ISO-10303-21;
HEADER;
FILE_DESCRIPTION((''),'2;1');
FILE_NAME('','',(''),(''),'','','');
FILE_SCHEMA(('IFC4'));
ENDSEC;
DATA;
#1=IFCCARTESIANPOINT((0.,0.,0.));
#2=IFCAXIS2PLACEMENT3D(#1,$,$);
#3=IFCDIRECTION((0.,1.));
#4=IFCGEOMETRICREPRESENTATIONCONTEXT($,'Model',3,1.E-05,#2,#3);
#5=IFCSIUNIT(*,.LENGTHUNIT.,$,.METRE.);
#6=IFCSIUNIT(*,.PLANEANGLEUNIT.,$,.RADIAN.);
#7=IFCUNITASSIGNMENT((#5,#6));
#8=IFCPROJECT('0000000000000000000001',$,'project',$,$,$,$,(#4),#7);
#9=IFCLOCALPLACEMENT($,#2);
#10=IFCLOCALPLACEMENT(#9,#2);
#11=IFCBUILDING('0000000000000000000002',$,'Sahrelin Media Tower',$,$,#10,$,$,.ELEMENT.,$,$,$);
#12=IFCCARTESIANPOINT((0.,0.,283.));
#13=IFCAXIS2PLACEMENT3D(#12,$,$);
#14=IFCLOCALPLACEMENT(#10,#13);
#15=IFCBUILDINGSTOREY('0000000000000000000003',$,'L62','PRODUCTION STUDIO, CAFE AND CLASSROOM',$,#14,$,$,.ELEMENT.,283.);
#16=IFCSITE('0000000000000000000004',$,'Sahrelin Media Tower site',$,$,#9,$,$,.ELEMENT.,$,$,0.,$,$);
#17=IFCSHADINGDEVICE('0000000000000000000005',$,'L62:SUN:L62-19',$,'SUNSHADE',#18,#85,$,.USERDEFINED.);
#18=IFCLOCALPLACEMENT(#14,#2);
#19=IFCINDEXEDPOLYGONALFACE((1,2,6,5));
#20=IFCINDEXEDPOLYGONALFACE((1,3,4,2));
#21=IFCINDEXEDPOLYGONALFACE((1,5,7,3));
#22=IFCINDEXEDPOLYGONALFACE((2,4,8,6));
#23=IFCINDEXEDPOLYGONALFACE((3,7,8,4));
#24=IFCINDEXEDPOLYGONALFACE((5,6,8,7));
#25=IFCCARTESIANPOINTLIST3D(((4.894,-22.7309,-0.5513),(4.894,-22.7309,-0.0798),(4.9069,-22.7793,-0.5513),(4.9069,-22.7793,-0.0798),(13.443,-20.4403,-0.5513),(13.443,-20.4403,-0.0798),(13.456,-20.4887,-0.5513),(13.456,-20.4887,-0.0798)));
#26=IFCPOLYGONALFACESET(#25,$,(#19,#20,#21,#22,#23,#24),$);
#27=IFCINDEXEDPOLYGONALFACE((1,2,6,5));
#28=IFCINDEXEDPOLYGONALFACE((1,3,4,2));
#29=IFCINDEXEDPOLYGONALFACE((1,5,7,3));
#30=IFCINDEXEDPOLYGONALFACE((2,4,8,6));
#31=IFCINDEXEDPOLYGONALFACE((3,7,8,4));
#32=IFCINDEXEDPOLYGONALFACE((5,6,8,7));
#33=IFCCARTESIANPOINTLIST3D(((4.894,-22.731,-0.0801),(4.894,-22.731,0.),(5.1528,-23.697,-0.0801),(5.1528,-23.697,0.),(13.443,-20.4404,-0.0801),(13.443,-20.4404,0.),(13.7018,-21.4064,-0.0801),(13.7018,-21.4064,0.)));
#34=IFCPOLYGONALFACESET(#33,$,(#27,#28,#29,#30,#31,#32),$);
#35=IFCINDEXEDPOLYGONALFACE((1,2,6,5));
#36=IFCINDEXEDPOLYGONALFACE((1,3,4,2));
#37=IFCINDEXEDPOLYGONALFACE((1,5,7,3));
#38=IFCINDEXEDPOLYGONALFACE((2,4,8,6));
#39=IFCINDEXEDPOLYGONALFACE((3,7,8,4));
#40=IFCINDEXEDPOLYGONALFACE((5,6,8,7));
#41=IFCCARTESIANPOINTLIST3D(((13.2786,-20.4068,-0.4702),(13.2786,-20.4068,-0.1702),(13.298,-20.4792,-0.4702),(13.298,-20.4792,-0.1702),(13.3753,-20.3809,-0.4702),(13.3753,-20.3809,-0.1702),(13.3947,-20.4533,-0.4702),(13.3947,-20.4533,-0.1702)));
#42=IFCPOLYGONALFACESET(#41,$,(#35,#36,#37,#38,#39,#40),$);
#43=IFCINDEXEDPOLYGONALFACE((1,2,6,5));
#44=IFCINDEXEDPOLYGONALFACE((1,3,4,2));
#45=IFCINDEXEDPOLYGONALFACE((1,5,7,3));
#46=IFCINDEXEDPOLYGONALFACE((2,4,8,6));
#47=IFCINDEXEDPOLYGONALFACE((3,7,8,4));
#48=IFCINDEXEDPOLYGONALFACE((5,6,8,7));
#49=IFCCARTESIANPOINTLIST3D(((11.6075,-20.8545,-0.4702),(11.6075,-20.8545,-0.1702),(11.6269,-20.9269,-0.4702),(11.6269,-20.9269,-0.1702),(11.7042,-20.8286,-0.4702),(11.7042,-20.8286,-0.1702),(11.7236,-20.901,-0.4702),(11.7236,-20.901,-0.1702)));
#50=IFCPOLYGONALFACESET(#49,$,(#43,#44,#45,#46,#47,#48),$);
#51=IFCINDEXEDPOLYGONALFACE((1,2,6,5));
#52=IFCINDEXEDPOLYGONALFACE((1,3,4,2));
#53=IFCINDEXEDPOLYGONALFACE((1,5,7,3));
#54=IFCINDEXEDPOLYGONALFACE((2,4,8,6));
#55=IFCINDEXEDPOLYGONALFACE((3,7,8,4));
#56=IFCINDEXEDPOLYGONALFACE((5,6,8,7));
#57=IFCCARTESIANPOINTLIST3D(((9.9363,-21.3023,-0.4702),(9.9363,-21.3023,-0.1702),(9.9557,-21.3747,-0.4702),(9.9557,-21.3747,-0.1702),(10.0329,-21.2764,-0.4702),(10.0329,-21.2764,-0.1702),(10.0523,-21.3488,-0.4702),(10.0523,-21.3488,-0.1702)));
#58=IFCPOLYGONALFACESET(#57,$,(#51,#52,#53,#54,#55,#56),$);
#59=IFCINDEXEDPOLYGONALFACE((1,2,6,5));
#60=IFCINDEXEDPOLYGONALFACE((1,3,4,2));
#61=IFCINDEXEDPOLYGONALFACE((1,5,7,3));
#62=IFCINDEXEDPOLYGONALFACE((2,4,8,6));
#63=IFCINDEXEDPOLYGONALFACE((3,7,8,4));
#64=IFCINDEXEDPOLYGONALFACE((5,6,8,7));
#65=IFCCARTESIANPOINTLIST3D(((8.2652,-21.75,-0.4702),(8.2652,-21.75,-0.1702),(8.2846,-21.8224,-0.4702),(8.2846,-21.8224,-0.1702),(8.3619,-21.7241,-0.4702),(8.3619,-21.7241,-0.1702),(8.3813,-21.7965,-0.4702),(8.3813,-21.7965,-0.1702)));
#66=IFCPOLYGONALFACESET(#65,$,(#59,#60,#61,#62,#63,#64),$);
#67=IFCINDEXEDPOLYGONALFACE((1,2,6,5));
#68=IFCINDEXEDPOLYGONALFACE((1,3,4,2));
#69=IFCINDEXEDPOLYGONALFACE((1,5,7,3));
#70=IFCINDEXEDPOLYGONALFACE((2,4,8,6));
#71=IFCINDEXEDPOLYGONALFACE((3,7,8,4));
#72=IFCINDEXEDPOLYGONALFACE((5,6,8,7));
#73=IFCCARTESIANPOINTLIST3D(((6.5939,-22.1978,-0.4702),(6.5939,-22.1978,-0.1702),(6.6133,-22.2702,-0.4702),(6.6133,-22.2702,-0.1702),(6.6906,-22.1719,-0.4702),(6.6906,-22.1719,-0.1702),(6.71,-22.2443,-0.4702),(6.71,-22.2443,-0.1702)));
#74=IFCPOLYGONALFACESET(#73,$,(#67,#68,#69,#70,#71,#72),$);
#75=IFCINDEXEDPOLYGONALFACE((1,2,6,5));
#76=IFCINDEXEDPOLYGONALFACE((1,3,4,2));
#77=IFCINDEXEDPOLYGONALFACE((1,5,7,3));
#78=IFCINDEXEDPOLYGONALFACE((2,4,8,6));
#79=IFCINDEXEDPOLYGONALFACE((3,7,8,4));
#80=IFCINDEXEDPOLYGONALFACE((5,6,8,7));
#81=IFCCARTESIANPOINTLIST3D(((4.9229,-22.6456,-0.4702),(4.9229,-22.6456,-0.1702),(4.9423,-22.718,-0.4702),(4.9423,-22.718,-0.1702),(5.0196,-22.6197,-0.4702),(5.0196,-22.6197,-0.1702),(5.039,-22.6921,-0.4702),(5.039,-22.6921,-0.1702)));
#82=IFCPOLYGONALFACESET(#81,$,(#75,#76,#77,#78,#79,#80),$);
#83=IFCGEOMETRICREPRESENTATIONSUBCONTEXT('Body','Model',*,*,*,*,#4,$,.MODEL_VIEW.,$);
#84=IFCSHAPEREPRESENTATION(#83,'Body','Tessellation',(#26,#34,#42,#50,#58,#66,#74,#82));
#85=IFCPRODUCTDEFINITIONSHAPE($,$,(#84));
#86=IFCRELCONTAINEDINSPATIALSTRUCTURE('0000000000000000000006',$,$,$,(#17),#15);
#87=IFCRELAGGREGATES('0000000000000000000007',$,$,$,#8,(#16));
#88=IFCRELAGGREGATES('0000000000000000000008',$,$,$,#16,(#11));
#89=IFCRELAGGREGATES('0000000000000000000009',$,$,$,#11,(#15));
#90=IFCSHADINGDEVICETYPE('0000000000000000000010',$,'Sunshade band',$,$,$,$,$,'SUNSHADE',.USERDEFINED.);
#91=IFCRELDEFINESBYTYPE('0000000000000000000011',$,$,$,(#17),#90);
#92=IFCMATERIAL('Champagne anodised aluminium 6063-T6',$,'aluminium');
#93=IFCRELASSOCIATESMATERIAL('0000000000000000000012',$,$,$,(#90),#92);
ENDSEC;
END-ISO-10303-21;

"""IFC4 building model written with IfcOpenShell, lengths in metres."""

from ifc_helpers import new_model, si_unit, direction, frame, origin, origin_2d, place, context, subcontext, project, spatial, rectangle, extrude, material, type_object, element, save


model = new_model("IFC4")

# Units and contexts
model_context = context("Model", 3, precision=1e-05, world=origin(), true_north=direction((0.0, 1.0)))
body_context = subcontext(model_context, "Body", "Model", "MODEL_VIEW")
ifc_project = project(units=[si_unit("LENGTHUNIT", "METRE"), si_unit("PLANEANGLEUNIT", "RADIAN")], contexts=[model_context])

# Site, building, storey
site_placement = place(None, origin())
site = spatial("IfcSite", under=ifc_project, at=site_placement, Name="Sahrelin Media Tower site", CompositionType="ELEMENT", RefElevation=0.0)
building_placement = place(site_placement, origin())
building = spatial("IfcBuilding", under=site, at=building_placement, Name="Sahrelin Media Tower", CompositionType="ELEMENT")
storey_placement = place(building_placement, frame((0.0, 0.0, 283.0)))
storey = spatial("IfcBuildingStorey", under=building, at=storey_placement, Name="L62", Description="PRODUCTION STUDIO, CAFE AND CLASSROOM", CompositionType="ELEMENT", Elevation=283.0)

# Shared definitions
ifc_material_1 = material(Name="Champagne anodised aluminium 6063-T6", Category="aluminium")

# Shared definitions
placement_1 = place(storey_placement, frame((9.1633, -21.5664, 0.0), z_axis=(0.0, 0.0, 1.0), x_axis=(-0.965929, -0.258808, 0.0)))

# Shading device
shading_device_type_1 = type_object("IfcShadingDeviceType", Name="Sunshade band", ElementType="SUNSHADE", PredefinedType="USERDEFINED", material=ifc_material_1)
element("IfcShadingDevice", 1, at=placement_1, inside=storey, type_object=shading_device_type_1, Name="L62:SUN:L62-19", ObjectType="SUNSHADE", PredefinedType="USERDEFINED", context=body_context, shape_type="SweptSolid", body=[
    extrude(rectangle(XDim=8.8506, YDim=0.05, at=origin_2d()), frame((0.0, 0.0449, -0.5513)), (0.0, 0.0, 1.0), 0.4714),
    extrude(rectangle(XDim=8.8506, YDim=1.0, at=origin_2d()), frame((0.0, 0.52, -0.0801)), (0.0, 0.0, 1.0), 0.0801),
    extrude(rectangle(XDim=0.1001, YDim=0.075, at=origin_2d()), frame((-4.3252, -0.0176, -0.4702)), (0.0, 0.0, 1.0), 0.3),
    extrude(rectangle(XDim=0.1001, YDim=0.075, at=origin_2d()), frame((-2.5952, -0.0176, -0.4702)), (0.0, 0.0, 1.0), 0.3),
    extrude(rectangle(XDim=0.1001, YDim=0.075, at=origin_2d()), frame((-0.865, -0.0176, -0.4702)), (0.0, 0.0, 1.0), 0.3),
    extrude(rectangle(XDim=0.1001, YDim=0.075, at=origin_2d()), frame((0.865, -0.0176, -0.4702)), (0.0, 0.0, 1.0), 0.3),
    extrude(rectangle(XDim=0.1001, YDim=0.075, at=origin_2d()), frame((2.5952, -0.0176, -0.4702)), (0.0, 0.0, 1.0), 0.3),
    extrude(rectangle(XDim=0.1001, YDim=0.075, at=origin_2d()), frame((4.3252, -0.0176, -0.4702)), (0.0, 0.0, 1.0), 0.3),
])

save(model, "model.ifc")
